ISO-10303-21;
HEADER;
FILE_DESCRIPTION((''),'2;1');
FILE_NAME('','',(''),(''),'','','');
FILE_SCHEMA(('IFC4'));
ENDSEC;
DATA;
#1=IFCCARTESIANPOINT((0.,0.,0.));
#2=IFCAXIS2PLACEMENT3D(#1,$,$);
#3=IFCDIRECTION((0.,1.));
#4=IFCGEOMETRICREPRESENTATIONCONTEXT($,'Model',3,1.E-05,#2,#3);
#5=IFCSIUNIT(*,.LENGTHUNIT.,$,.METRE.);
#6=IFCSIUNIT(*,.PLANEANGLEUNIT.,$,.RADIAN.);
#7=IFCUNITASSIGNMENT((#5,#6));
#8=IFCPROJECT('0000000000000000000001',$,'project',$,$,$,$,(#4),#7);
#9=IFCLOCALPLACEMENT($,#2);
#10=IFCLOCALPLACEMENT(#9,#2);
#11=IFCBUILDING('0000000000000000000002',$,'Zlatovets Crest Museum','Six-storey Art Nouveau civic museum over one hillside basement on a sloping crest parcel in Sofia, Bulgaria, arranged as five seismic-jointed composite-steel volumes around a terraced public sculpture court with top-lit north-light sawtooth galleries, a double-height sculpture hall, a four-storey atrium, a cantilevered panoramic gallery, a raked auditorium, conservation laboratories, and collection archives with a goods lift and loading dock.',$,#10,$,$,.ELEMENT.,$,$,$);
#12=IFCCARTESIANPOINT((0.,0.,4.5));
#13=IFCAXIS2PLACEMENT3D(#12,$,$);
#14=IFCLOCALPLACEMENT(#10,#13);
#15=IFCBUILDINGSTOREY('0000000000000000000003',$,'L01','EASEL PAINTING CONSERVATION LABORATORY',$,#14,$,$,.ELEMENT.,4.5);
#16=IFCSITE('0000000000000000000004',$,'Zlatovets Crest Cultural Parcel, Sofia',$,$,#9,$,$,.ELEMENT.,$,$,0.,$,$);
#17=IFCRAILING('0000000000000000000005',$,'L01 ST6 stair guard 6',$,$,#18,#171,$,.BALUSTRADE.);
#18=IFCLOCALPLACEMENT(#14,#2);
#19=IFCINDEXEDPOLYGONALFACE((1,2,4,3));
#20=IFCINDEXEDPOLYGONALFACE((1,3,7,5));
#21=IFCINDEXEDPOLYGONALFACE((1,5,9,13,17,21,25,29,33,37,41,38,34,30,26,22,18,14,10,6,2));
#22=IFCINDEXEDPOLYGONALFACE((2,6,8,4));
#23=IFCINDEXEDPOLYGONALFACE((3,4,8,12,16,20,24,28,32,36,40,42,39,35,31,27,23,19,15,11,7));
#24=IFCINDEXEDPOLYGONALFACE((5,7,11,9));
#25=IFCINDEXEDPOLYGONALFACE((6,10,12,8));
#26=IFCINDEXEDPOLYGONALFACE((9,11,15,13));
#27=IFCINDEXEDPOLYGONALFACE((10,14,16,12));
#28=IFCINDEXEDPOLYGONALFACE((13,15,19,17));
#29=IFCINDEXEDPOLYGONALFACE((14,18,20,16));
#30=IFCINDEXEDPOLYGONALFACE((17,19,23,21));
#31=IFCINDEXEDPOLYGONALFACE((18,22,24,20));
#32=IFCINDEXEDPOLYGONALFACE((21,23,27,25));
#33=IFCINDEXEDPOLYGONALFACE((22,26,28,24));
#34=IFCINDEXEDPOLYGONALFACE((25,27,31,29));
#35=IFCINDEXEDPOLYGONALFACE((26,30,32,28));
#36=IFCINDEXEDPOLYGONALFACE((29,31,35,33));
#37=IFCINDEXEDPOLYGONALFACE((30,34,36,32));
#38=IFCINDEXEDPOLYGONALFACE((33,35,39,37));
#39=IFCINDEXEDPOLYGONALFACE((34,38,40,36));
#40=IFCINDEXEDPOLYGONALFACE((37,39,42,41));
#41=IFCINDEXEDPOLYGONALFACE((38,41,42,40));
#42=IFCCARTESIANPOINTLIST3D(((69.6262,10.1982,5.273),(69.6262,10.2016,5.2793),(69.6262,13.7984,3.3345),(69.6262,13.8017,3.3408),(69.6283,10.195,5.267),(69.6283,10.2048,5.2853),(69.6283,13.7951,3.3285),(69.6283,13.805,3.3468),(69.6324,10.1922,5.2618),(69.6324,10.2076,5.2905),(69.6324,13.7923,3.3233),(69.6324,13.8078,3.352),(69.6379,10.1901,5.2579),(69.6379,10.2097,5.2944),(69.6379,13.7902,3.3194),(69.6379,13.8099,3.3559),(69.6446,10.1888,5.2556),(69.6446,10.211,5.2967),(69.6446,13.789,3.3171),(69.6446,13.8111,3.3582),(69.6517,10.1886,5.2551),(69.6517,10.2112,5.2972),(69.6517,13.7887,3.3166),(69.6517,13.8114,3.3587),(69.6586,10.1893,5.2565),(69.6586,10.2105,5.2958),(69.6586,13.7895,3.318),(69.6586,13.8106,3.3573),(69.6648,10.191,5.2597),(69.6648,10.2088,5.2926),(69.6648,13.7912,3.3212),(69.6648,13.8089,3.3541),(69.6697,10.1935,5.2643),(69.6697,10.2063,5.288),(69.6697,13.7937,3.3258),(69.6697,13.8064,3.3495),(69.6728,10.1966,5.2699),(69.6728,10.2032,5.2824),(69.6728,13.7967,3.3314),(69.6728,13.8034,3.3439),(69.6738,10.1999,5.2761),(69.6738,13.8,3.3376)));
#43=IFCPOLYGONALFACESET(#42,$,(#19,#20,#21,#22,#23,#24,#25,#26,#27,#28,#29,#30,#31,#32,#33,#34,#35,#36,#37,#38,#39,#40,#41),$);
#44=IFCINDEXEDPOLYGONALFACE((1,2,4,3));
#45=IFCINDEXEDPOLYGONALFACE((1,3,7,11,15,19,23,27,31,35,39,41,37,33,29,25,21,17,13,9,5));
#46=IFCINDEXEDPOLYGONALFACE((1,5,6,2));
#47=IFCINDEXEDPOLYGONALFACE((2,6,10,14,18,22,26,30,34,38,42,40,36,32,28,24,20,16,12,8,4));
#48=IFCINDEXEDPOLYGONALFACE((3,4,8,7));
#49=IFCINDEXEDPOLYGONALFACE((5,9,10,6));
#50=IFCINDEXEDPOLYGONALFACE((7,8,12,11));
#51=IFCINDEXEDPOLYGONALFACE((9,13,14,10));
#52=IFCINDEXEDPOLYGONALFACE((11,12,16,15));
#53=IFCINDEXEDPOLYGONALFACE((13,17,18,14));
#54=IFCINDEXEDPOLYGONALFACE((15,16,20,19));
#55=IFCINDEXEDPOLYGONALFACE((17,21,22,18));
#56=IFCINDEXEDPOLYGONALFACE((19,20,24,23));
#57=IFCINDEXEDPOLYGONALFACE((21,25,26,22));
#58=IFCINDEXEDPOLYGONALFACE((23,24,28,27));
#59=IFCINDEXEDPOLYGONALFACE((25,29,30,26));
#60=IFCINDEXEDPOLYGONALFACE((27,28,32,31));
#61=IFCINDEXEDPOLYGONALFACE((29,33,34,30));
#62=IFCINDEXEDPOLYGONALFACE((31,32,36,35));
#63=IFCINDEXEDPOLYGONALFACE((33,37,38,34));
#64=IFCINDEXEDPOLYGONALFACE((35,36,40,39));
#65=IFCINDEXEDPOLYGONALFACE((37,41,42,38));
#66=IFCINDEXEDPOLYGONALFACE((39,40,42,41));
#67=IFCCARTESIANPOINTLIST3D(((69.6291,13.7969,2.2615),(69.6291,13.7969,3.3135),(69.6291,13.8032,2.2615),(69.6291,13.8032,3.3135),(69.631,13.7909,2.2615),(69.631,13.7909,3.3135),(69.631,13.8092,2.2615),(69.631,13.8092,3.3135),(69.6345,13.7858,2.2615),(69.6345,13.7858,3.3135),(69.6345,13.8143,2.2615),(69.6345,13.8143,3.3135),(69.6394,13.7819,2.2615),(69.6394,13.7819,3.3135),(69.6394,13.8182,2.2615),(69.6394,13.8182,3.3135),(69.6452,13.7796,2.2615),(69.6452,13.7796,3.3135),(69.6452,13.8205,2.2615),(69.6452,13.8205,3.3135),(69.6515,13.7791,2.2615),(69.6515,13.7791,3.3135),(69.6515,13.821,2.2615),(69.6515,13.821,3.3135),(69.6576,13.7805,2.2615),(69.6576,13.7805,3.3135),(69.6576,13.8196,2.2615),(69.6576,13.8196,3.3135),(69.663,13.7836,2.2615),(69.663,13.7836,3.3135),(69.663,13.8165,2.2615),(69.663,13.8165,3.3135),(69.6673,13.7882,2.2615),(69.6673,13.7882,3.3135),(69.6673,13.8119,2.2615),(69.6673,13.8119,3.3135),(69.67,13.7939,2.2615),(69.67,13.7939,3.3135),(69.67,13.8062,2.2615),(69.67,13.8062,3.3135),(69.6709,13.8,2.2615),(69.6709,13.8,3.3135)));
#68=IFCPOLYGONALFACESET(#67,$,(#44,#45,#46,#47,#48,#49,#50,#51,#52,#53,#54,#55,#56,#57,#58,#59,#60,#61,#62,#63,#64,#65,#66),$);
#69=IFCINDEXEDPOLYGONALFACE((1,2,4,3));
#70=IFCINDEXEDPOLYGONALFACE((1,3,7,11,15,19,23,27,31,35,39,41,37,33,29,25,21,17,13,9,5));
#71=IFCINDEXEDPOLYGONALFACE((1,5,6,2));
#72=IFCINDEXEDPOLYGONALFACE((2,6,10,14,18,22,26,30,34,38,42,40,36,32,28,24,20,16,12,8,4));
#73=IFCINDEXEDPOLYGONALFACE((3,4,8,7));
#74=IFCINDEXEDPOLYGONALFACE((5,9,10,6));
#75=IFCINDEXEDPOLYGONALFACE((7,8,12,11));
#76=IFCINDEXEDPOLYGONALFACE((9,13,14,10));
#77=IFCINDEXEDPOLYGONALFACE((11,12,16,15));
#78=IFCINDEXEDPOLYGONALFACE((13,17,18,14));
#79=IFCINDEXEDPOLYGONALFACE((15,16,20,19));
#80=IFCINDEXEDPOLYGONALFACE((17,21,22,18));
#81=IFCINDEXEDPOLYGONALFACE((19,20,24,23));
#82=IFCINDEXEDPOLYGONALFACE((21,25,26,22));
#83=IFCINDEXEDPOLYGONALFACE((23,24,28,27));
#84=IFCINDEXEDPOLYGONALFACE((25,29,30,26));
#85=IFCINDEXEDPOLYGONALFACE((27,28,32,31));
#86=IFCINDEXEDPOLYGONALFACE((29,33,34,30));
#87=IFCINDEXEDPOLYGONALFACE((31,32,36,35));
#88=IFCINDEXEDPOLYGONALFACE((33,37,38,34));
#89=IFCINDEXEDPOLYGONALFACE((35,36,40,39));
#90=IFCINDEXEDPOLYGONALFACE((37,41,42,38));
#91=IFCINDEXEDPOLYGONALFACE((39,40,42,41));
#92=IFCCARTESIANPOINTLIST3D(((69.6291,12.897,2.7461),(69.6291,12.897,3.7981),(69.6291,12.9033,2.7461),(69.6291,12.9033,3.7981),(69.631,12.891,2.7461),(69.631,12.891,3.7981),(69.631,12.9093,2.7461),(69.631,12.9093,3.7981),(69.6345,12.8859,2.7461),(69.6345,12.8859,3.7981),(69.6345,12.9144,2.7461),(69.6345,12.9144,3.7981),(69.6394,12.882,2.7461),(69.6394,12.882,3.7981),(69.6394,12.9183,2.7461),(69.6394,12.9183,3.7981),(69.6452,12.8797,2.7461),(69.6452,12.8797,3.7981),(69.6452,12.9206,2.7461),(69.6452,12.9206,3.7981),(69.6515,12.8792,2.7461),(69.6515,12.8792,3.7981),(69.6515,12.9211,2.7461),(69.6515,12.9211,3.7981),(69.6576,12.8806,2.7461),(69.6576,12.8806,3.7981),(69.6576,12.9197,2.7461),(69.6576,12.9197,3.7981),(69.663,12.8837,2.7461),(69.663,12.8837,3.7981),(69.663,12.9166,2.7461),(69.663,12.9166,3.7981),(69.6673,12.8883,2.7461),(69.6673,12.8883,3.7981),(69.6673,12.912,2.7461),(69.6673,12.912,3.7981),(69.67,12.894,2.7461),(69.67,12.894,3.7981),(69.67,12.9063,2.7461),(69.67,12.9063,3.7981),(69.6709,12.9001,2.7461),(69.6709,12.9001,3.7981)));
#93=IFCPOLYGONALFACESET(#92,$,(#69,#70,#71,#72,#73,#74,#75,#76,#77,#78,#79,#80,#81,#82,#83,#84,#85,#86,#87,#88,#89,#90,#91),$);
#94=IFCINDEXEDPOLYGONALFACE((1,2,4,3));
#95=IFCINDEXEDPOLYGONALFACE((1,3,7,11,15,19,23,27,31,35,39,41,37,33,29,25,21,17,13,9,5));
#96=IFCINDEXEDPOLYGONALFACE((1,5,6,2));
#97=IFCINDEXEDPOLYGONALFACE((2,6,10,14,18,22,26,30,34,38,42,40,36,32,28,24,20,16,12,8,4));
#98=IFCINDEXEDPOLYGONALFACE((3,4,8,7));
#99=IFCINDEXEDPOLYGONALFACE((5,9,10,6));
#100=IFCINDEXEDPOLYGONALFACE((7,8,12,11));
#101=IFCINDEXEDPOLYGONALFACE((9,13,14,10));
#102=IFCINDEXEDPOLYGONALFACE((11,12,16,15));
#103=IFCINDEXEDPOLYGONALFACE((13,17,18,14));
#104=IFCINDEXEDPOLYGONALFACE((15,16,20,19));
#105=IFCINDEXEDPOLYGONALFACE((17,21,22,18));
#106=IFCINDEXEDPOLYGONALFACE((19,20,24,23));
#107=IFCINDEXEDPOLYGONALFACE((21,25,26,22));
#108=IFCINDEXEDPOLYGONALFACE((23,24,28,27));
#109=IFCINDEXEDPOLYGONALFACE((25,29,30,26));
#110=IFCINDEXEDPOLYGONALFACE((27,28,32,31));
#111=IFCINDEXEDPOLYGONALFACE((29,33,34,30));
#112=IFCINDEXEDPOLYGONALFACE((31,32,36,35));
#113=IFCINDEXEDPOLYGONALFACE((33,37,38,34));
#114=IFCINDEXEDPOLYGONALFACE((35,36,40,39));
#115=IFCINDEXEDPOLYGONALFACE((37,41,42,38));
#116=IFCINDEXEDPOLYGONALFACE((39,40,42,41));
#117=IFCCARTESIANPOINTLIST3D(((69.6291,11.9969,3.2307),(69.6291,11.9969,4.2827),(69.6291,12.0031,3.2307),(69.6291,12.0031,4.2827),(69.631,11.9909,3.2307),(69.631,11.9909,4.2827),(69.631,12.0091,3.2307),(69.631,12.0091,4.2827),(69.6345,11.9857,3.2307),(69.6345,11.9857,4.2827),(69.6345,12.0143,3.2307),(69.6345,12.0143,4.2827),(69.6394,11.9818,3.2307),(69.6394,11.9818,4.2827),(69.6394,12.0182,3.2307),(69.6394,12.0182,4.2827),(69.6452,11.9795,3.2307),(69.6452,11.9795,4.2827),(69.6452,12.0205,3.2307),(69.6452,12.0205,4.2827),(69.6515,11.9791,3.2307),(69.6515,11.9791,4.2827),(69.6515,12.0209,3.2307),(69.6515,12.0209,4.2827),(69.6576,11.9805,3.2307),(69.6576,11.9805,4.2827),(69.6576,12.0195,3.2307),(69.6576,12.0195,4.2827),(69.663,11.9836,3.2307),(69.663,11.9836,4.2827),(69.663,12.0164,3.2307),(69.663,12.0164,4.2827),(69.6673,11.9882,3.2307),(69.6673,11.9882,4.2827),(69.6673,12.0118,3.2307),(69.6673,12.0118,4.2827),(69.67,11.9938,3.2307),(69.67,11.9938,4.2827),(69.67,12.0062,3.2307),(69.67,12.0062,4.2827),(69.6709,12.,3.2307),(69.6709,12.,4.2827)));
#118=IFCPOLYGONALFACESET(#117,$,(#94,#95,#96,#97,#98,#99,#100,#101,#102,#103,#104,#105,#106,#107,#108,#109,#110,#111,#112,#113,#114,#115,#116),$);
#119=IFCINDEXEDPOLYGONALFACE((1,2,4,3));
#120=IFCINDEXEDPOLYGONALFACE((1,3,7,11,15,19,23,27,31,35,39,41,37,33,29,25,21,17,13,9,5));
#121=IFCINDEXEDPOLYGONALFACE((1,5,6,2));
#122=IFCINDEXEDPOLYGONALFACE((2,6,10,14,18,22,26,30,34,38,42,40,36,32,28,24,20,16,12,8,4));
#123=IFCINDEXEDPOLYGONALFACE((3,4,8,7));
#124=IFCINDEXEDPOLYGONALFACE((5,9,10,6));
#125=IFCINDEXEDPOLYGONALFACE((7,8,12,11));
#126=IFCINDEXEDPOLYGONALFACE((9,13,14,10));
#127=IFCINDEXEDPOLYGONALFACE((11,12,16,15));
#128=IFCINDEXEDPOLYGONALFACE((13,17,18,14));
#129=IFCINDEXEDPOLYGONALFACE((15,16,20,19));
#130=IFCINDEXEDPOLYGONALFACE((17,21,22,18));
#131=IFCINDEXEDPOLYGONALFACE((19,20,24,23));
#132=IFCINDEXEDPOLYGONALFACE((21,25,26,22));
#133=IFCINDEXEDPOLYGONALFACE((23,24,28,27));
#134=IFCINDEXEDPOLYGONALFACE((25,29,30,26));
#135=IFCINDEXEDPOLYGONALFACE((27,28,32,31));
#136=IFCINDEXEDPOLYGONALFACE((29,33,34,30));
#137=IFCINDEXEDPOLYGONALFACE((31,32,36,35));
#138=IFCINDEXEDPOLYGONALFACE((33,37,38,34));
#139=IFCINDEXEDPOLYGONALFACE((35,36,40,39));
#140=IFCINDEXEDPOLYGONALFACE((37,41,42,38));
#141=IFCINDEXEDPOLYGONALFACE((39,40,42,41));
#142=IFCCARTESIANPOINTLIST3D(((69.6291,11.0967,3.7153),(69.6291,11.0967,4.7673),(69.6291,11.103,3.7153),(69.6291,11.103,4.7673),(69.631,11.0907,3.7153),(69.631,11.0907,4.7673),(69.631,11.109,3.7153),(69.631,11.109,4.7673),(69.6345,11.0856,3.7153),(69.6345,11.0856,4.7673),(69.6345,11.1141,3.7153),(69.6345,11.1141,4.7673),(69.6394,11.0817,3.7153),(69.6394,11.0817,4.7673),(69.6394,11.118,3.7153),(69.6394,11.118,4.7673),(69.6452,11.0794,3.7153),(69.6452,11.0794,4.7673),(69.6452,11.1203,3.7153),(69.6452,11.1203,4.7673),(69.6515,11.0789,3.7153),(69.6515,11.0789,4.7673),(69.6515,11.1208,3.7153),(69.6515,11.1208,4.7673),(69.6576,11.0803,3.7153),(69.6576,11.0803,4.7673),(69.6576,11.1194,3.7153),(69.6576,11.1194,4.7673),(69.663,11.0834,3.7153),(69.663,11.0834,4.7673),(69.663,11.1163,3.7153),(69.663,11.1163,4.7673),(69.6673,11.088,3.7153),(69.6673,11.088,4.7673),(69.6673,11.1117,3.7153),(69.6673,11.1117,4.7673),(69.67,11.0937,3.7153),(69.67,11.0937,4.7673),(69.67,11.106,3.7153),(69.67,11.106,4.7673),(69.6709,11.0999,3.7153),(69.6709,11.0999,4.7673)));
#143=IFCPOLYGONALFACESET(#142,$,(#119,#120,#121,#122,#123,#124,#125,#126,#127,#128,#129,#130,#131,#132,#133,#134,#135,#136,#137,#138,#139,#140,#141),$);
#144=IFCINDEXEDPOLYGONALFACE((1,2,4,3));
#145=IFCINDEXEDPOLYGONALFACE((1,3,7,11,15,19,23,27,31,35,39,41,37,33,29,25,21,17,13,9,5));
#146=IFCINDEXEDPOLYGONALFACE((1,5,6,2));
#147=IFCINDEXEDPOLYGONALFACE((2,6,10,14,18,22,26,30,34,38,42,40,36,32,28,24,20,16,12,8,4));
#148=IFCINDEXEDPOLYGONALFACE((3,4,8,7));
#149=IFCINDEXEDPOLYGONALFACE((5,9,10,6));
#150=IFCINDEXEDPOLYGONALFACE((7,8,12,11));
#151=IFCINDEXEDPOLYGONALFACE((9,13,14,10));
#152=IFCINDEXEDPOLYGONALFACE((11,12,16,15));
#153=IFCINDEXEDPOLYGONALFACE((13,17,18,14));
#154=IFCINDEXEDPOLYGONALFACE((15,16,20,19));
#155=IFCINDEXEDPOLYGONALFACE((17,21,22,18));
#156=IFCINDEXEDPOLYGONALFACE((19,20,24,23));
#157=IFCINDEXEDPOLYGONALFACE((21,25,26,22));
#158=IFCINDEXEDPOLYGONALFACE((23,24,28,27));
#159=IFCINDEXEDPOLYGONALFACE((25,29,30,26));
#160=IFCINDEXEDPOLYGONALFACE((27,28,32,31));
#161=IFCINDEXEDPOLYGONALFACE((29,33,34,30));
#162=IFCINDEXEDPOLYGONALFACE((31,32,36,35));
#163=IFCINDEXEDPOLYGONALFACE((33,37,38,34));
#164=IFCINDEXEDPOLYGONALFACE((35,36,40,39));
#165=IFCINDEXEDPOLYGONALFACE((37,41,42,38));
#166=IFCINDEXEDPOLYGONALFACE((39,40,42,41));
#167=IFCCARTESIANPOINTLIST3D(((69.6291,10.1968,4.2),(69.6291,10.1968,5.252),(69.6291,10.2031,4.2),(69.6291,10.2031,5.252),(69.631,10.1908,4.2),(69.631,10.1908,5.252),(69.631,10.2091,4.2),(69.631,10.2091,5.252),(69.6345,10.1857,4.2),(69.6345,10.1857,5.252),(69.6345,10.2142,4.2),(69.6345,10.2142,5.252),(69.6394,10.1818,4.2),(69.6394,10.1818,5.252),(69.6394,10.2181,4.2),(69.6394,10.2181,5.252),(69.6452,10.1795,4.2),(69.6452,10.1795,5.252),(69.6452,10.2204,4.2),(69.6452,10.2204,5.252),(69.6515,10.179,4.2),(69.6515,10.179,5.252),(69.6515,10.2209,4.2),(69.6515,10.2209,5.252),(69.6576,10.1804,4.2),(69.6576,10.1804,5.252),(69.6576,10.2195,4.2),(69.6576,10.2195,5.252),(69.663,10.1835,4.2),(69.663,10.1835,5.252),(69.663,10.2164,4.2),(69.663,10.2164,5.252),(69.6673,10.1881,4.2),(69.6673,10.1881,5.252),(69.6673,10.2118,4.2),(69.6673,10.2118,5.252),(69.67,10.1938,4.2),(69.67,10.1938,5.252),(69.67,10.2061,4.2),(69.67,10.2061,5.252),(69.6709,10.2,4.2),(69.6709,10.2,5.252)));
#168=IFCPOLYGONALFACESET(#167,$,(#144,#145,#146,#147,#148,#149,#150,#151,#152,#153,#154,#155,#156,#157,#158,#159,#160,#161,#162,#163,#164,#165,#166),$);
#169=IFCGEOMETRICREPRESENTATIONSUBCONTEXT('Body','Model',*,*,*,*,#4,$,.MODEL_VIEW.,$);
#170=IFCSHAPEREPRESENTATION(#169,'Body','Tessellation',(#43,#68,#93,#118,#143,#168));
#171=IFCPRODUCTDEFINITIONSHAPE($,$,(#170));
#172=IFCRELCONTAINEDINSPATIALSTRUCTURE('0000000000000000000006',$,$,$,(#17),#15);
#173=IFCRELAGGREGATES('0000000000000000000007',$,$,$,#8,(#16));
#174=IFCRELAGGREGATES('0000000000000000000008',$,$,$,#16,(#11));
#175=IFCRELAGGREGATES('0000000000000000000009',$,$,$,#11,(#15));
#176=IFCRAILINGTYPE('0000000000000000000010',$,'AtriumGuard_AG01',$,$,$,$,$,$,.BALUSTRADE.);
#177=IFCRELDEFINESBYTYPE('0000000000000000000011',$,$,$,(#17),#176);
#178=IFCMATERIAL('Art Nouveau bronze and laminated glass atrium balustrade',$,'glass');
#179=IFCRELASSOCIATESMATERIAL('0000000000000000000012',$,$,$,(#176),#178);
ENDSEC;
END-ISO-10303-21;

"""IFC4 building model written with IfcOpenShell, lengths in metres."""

from ifc_helpers import new_model, si_unit, direction, frame, origin, origin_2d, place, context, subcontext, project, spatial, circle, extrude, material, type_object, element, save


model = new_model("IFC4")

# Units and contexts
model_context = context("Model", 3, precision=1e-05, world=origin(), true_north=direction((0.0, 1.0)))
body_context = subcontext(model_context, "Body", "Model", "MODEL_VIEW")
ifc_project = project(units=[si_unit("LENGTHUNIT", "METRE"), si_unit("PLANEANGLEUNIT", "RADIAN")], contexts=[model_context])

# Site, building, storey
site_placement = place(None, origin())
site = spatial("IfcSite", under=ifc_project, at=site_placement, Name="Zlatovets Crest Cultural Parcel, Sofia", CompositionType="ELEMENT", RefElevation=0.0)
building_placement = place(site_placement, origin())
building = spatial("IfcBuilding", under=site, at=building_placement, Name="Zlatovets Crest Museum", Description="Six-storey Art Nouveau civic museum over one hillside basement on a sloping crest parcel in Sofia, Bulgaria, arranged as five seismic-jointed composite-steel volumes around a terraced public sculpture court with top-lit north-light sawtooth galleries, a double-height sculpture hall, a four-storey atrium, a cantilevered panoramic gallery, a raked auditorium, conservation laboratories, and collection archives with a goods lift and loading dock.", CompositionType="ELEMENT")
storey_placement = place(building_placement, frame((0.0, 0.0, 4.5)))
storey = spatial("IfcBuildingStorey", under=building, at=storey_placement, Name="L01", Description="EASEL PAINTING CONSERVATION LABORATORY", CompositionType="ELEMENT", Elevation=4.5)

# Railing
ifc_material_1 = material(Name="Art Nouveau bronze and laminated glass atrium balustrade", Category="glass")
railing_type_1 = type_object("IfcRailingType", Name="AtriumGuard_AG01", PredefinedType="BALUSTRADE", material=ifc_material_1)
railing_1_placement = place(storey_placement, frame((69.6499, 13.8, 2.2615)))
element("IfcRailing", 1, at=railing_1_placement, inside=storey, type_object=railing_type_1, Name="L01 ST6 stair guard 6", PredefinedType="BALUSTRADE", context=body_context, shape_type="SweptSolid", body=[
    extrude(circle(Radius=0.0239, at=origin_2d()), frame((0.0, 0.0, 1.0762), z_axis=(0.0, -0.880475, 0.474093), x_axis=(1.0, 0.0, 0.0)), (0.0, 0.0, 1.0), 4.0889),
    extrude(circle(Radius=0.021, at=origin_2d()), origin(), (0.0, 0.0, 1.0), 1.052),
    extrude(circle(Radius=0.021, at=origin_2d()), frame((0.0, -0.8999, 0.4846)), (0.0, 0.0, 1.0), 1.052),
    extrude(circle(Radius=0.021, at=origin_2d()), frame((0.0, -1.8, 0.9692)), (0.0, 0.0, 1.0), 1.052),
    extrude(circle(Radius=0.021, at=origin_2d()), frame((0.0, -2.7002, 1.4539)), (0.0, 0.0, 1.0), 1.052),
    extrude(circle(Radius=0.021, at=origin_2d()), frame((0.0, -3.6001, 1.9385)), (0.0, 0.0, 1.0), 1.052),
])

save(model, "model.ifc")
